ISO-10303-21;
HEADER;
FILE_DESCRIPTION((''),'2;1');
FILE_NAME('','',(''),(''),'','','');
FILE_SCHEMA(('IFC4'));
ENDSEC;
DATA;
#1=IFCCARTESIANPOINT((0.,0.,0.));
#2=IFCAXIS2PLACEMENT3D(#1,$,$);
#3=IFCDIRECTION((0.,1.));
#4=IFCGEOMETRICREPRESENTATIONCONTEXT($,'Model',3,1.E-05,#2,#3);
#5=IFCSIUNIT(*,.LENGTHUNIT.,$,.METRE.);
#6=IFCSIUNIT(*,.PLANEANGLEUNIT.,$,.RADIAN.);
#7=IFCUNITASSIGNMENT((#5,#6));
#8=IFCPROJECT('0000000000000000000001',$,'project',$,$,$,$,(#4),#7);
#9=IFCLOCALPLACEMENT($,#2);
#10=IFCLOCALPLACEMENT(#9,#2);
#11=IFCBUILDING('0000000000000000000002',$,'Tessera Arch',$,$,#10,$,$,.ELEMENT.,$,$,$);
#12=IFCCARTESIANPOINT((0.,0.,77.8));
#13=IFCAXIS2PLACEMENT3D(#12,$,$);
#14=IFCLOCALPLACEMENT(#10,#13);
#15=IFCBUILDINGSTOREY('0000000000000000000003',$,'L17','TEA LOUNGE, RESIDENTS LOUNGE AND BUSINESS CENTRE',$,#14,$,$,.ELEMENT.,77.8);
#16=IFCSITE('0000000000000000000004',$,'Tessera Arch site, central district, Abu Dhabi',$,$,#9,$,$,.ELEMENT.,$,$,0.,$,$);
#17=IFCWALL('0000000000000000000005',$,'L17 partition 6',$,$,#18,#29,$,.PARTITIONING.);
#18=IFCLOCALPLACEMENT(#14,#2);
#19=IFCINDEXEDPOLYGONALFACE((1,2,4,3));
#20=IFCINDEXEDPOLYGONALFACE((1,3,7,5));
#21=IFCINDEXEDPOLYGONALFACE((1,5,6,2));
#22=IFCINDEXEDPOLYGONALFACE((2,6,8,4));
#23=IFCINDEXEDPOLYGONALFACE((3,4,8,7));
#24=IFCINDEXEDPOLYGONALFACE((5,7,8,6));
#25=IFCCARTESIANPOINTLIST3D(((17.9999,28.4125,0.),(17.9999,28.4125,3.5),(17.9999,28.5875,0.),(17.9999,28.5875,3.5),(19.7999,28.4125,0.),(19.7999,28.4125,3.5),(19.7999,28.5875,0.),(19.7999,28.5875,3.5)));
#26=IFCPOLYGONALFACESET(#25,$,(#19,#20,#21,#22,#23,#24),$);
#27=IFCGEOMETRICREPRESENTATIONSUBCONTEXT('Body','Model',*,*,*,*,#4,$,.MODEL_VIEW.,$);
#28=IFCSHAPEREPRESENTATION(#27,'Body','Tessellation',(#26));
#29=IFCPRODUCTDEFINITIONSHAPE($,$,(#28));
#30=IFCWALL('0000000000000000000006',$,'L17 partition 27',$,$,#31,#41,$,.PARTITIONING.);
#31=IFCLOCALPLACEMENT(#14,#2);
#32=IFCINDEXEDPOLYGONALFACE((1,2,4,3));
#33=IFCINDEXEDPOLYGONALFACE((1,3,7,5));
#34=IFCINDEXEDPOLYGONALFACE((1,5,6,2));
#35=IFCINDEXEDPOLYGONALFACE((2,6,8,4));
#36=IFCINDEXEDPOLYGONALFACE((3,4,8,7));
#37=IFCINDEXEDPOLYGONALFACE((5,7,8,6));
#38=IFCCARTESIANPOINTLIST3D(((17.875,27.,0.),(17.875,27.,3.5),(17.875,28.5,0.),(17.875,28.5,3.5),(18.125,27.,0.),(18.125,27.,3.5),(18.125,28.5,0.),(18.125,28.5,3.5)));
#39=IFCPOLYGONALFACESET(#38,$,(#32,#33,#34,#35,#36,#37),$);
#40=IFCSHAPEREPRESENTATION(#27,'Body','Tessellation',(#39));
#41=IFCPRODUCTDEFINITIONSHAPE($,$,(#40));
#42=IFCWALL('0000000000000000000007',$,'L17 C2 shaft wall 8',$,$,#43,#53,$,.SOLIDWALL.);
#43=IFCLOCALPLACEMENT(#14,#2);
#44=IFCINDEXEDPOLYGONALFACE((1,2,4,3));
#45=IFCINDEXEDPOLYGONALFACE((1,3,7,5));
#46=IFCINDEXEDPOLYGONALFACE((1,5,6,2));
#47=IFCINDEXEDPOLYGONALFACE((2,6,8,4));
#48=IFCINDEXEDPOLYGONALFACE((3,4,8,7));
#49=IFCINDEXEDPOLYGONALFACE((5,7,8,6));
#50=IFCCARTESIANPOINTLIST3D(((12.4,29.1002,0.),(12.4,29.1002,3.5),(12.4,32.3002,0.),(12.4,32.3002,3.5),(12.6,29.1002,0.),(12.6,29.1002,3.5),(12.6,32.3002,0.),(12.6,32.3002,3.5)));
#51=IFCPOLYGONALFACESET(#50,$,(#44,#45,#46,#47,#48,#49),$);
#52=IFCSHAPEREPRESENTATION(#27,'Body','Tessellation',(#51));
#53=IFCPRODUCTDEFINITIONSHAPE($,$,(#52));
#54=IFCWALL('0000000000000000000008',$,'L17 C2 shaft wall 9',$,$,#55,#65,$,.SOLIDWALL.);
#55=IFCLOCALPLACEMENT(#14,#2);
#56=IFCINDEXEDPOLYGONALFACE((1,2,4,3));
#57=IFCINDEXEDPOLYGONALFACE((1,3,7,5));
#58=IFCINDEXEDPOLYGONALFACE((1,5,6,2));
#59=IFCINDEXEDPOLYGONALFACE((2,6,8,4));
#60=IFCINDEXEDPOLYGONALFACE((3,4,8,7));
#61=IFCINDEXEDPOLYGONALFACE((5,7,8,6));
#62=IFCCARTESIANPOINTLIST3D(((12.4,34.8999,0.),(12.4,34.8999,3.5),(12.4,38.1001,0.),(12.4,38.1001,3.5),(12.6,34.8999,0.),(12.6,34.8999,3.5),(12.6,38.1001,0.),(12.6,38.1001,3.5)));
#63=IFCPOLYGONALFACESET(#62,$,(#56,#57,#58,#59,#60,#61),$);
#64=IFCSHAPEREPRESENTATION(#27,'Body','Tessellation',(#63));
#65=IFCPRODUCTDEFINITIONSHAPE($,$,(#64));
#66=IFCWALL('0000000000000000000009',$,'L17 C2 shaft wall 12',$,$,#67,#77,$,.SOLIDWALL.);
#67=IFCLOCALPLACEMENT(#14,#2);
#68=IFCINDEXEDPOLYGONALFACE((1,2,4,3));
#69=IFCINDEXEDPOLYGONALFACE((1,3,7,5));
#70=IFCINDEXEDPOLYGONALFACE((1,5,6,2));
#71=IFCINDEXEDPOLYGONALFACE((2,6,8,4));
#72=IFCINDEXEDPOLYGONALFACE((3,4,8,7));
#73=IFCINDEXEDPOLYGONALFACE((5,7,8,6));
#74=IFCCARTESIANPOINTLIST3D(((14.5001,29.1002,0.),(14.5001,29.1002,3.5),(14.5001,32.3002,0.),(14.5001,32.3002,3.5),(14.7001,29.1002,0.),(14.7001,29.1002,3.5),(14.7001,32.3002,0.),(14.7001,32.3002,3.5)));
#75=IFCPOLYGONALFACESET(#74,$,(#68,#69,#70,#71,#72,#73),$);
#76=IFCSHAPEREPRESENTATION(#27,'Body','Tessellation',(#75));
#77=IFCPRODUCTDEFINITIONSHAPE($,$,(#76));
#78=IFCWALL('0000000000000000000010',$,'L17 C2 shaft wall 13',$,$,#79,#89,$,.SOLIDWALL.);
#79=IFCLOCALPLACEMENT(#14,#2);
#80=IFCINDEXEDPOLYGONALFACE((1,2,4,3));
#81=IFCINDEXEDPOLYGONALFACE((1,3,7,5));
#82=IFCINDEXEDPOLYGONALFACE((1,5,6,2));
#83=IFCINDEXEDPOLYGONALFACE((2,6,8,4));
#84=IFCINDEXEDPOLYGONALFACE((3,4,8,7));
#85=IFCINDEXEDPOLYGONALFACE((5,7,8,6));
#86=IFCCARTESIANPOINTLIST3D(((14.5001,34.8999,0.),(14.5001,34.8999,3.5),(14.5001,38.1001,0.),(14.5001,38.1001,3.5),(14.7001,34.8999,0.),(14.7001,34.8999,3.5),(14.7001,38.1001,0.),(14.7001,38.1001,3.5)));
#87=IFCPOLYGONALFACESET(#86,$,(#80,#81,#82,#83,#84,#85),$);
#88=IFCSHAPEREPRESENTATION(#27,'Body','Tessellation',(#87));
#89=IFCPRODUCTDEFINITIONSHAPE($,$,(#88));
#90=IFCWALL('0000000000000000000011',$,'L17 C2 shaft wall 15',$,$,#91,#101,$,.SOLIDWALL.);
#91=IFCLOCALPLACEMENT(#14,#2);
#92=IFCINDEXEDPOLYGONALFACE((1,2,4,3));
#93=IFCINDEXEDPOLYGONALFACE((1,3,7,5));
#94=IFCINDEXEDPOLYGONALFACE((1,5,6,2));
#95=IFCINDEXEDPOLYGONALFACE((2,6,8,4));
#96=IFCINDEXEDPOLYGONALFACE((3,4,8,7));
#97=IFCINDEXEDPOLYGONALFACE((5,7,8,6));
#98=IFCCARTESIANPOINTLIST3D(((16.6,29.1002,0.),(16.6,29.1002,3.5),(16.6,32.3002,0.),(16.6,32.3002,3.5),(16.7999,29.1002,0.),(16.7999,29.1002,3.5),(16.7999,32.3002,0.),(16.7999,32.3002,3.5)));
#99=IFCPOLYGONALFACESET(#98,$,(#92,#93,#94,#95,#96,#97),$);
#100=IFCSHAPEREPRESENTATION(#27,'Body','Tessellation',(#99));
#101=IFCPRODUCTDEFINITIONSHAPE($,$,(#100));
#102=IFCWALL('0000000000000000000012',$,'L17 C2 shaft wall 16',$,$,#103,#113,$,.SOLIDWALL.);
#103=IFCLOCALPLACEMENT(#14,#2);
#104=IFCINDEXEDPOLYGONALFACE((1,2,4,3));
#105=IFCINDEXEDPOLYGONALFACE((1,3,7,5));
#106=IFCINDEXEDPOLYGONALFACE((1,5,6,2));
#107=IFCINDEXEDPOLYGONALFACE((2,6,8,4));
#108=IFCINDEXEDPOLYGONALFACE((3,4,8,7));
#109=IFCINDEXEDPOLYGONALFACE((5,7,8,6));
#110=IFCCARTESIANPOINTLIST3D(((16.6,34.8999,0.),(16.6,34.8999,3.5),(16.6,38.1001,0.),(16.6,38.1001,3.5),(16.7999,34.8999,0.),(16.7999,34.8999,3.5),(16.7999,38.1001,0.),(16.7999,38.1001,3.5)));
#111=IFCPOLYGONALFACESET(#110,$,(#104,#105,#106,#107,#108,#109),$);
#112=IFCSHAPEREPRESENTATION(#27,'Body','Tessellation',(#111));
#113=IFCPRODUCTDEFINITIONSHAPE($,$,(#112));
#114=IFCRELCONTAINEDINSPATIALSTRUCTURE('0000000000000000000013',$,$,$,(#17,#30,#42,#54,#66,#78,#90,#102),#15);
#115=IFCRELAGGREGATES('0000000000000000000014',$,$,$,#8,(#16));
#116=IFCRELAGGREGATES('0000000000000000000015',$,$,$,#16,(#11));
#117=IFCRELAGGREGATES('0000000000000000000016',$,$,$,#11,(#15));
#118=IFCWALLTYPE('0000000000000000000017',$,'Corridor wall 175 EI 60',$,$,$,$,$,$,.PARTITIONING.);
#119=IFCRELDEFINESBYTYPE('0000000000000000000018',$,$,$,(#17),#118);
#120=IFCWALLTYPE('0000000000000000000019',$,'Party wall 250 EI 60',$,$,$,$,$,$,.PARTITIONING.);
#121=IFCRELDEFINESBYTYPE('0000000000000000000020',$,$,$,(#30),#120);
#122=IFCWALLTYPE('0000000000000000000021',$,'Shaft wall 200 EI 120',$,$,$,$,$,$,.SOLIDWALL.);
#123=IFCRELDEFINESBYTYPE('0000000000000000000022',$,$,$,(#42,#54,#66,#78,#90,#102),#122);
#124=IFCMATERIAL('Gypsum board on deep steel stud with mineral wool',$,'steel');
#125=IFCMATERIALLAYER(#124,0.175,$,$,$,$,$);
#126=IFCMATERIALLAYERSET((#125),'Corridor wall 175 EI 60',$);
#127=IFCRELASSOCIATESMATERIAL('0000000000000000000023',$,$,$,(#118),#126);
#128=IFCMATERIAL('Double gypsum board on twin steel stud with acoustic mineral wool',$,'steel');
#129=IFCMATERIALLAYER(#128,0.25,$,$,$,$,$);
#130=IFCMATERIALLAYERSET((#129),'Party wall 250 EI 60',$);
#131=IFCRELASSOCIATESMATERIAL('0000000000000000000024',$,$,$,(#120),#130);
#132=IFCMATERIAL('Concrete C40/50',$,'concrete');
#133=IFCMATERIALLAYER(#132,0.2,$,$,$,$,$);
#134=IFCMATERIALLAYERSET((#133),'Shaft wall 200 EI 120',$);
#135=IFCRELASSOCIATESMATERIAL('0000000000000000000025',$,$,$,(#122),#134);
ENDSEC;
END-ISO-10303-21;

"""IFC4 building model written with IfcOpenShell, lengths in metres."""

from ifc_helpers import new_model, si_unit, direction, frame, frame_2d, origin, place, context, subcontext, project, spatial, rectangle, extrude, material, layer, layer_set, type_object, element, save


model = new_model("IFC4")

# Units and contexts
model_context = context("Model", 3, precision=1e-05, world=origin(), true_north=direction((0.0, 1.0)))
body_context = subcontext(model_context, "Body", "Model", "MODEL_VIEW")
ifc_project = project(units=[si_unit("LENGTHUNIT", "METRE"), si_unit("PLANEANGLEUNIT", "RADIAN")], contexts=[model_context])

# Site, building, storey
site_placement = place(None, origin())
site = spatial("IfcSite", under=ifc_project, at=site_placement, Name="Tessera Arch site, central district, Abu Dhabi", CompositionType="ELEMENT", RefElevation=0.0)
building_placement = place(site_placement, origin())
building = spatial("IfcBuilding", under=site, at=building_placement, Name="Tessera Arch", CompositionType="ELEMENT")
storey_placement = place(building_placement, frame((0.0, 0.0, 77.8)))
storey = spatial("IfcBuildingStorey", under=building, at=storey_placement, Name="L17", Description="TEA LOUNGE, RESIDENTS LOUNGE AND BUSINESS CENTRE", CompositionType="ELEMENT", Elevation=77.8)

# Walls
ifc_material_1 = material(Name="Gypsum board on deep steel stud with mineral wool", Category="steel")
ifc_layer_1 = layer(ifc_material_1, 0.175)
ifc_layer_set_1 = layer_set([ifc_layer_1], Name="Corridor wall 175 EI 60")
wall_type_1 = type_object("IfcWallType", Name="Corridor wall 175 EI 60", PredefinedType="PARTITIONING", material=ifc_layer_set_1)
wall_1_placement = place(storey_placement, frame((18.0, 28.5, 0.0), z_axis=(0.0, 0.0, 1.0), x_axis=(1.0, 0.0, 0.0)))
element("IfcWall", 1, at=wall_1_placement, inside=storey, type_object=wall_type_1, Name="L17 partition 6", PredefinedType="PARTITIONING", context=body_context, shape_type="SweptSolid", body=[
    extrude(rectangle(XDim=1.8, YDim=0.175, at=frame_2d((0.8999, 0.0))), origin(), (0.0, 0.0, 1.0), 3.5),
])
ifc_material_2 = material(Name="Double gypsum board on twin steel stud with acoustic mineral wool", Category="steel")
ifc_layer_2 = layer(ifc_material_2, 0.25)
ifc_layer_set_2 = layer_set([ifc_layer_2], Name="Party wall 250 EI 60")
wall_type_2 = type_object("IfcWallType", Name="Party wall 250 EI 60", PredefinedType="PARTITIONING", material=ifc_layer_set_2)
wall_2_placement = place(storey_placement, frame((18.0, 27.0, 0.0), z_axis=(0.0, 0.0, 1.0), x_axis=(0.0, 1.0, 0.0)))
element("IfcWall", 2, at=wall_2_placement, inside=storey, type_object=wall_type_2, Name="L17 partition 27", PredefinedType="PARTITIONING", context=body_context, shape_type="SweptSolid", body=[
    extrude(rectangle(XDim=1.5, YDim=0.25, at=frame_2d((0.75, 0.0))), origin(), (0.0, 0.0, 1.0), 3.5),
])
ifc_material_3 = material(Name="Concrete C40/50", Category="concrete")
ifc_layer_3 = layer(ifc_material_3, 0.2)
ifc_layer_set_3 = layer_set([ifc_layer_3], Name="Shaft wall 200 EI 120")
wall_type_3 = type_object("IfcWallType", Name="Shaft wall 200 EI 120", PredefinedType="SOLIDWALL", material=ifc_layer_set_3)
wall_3_placement = place(storey_placement, frame((12.5, 29.1001, 0.0), z_axis=(0.0, 0.0, 1.0), x_axis=(0.0, 1.0, 0.0)))
element("IfcWall", 3, at=wall_3_placement, inside=storey, type_object=wall_type_3, Name="L17 C2 shaft wall 8", PredefinedType="SOLIDWALL", context=body_context, shape_type="SweptSolid", body=[
    extrude(rectangle(XDim=3.2, YDim=0.2, at=frame_2d((1.6001, 0.0))), origin(), (0.0, 0.0, 1.0), 3.5),
])
wall_4_placement = place(storey_placement, frame((12.5, 34.8999, 0.0), z_axis=(0.0, 0.0, 1.0), x_axis=(0.0, 1.0, 0.0)))
element("IfcWall", 4, at=wall_4_placement, inside=storey, type_object=wall_type_3, Name="L17 C2 shaft wall 9", PredefinedType="SOLIDWALL", context=body_context, shape_type="SweptSolid", body=[
    extrude(rectangle(XDim=3.2002, YDim=0.2, at=frame_2d((1.6001, 0.0))), origin(), (0.0, 0.0, 1.0), 3.5),
])
wall_5_placement = place(storey_placement, frame((14.6001, 29.1001, 0.0), z_axis=(0.0, 0.0, 1.0), x_axis=(0.0, 1.0, 0.0)))
element("IfcWall", 5, at=wall_5_placement, inside=storey, type_object=wall_type_3, Name="L17 C2 shaft wall 12", PredefinedType="SOLIDWALL", context=body_context, shape_type="SweptSolid", body=[
    extrude(rectangle(XDim=3.2, YDim=0.2, at=frame_2d((1.6001, 0.0))), origin(), (0.0, 0.0, 1.0), 3.5),
])
wall_6_placement = place(storey_placement, frame((14.6001, 34.8999, 0.0), z_axis=(0.0, 0.0, 1.0), x_axis=(0.0, 1.0, 0.0)))
element("IfcWall", 6, at=wall_6_placement, inside=storey, type_object=wall_type_3, Name="L17 C2 shaft wall 13", PredefinedType="SOLIDWALL", context=body_context, shape_type="SweptSolid", body=[
    extrude(rectangle(XDim=3.2002, YDim=0.2, at=frame_2d((1.6001, 0.0))), origin(), (0.0, 0.0, 1.0), 3.5),
])
wall_7_placement = place(storey_placement, frame((16.7, 29.1001, 0.0), z_axis=(0.0, 0.0, 1.0), x_axis=(0.0, 1.0, 0.0)))
element("IfcWall", 7, at=wall_7_placement, inside=storey, type_object=wall_type_3, Name="L17 C2 shaft wall 15", PredefinedType="SOLIDWALL", context=body_context, shape_type="SweptSolid", body=[
    extrude(rectangle(XDim=3.2, YDim=0.2, at=frame_2d((1.6001, 0.0))), origin(), (0.0, 0.0, 1.0), 3.5),
])
wall_8_placement = place(storey_placement, frame((16.7, 34.8999, 0.0), z_axis=(0.0, 0.0, 1.0), x_axis=(0.0, 1.0, 0.0)))
element("IfcWall", 8, at=wall_8_placement, inside=storey, type_object=wall_type_3, Name="L17 C2 shaft wall 16", PredefinedType="SOLIDWALL", context=body_context, shape_type="SweptSolid", body=[
    extrude(rectangle(XDim=3.2002, YDim=0.2, at=frame_2d((1.6001, 0.0))), origin(), (0.0, 0.0, 1.0), 3.5),
])

save(model, "model.ifc")
